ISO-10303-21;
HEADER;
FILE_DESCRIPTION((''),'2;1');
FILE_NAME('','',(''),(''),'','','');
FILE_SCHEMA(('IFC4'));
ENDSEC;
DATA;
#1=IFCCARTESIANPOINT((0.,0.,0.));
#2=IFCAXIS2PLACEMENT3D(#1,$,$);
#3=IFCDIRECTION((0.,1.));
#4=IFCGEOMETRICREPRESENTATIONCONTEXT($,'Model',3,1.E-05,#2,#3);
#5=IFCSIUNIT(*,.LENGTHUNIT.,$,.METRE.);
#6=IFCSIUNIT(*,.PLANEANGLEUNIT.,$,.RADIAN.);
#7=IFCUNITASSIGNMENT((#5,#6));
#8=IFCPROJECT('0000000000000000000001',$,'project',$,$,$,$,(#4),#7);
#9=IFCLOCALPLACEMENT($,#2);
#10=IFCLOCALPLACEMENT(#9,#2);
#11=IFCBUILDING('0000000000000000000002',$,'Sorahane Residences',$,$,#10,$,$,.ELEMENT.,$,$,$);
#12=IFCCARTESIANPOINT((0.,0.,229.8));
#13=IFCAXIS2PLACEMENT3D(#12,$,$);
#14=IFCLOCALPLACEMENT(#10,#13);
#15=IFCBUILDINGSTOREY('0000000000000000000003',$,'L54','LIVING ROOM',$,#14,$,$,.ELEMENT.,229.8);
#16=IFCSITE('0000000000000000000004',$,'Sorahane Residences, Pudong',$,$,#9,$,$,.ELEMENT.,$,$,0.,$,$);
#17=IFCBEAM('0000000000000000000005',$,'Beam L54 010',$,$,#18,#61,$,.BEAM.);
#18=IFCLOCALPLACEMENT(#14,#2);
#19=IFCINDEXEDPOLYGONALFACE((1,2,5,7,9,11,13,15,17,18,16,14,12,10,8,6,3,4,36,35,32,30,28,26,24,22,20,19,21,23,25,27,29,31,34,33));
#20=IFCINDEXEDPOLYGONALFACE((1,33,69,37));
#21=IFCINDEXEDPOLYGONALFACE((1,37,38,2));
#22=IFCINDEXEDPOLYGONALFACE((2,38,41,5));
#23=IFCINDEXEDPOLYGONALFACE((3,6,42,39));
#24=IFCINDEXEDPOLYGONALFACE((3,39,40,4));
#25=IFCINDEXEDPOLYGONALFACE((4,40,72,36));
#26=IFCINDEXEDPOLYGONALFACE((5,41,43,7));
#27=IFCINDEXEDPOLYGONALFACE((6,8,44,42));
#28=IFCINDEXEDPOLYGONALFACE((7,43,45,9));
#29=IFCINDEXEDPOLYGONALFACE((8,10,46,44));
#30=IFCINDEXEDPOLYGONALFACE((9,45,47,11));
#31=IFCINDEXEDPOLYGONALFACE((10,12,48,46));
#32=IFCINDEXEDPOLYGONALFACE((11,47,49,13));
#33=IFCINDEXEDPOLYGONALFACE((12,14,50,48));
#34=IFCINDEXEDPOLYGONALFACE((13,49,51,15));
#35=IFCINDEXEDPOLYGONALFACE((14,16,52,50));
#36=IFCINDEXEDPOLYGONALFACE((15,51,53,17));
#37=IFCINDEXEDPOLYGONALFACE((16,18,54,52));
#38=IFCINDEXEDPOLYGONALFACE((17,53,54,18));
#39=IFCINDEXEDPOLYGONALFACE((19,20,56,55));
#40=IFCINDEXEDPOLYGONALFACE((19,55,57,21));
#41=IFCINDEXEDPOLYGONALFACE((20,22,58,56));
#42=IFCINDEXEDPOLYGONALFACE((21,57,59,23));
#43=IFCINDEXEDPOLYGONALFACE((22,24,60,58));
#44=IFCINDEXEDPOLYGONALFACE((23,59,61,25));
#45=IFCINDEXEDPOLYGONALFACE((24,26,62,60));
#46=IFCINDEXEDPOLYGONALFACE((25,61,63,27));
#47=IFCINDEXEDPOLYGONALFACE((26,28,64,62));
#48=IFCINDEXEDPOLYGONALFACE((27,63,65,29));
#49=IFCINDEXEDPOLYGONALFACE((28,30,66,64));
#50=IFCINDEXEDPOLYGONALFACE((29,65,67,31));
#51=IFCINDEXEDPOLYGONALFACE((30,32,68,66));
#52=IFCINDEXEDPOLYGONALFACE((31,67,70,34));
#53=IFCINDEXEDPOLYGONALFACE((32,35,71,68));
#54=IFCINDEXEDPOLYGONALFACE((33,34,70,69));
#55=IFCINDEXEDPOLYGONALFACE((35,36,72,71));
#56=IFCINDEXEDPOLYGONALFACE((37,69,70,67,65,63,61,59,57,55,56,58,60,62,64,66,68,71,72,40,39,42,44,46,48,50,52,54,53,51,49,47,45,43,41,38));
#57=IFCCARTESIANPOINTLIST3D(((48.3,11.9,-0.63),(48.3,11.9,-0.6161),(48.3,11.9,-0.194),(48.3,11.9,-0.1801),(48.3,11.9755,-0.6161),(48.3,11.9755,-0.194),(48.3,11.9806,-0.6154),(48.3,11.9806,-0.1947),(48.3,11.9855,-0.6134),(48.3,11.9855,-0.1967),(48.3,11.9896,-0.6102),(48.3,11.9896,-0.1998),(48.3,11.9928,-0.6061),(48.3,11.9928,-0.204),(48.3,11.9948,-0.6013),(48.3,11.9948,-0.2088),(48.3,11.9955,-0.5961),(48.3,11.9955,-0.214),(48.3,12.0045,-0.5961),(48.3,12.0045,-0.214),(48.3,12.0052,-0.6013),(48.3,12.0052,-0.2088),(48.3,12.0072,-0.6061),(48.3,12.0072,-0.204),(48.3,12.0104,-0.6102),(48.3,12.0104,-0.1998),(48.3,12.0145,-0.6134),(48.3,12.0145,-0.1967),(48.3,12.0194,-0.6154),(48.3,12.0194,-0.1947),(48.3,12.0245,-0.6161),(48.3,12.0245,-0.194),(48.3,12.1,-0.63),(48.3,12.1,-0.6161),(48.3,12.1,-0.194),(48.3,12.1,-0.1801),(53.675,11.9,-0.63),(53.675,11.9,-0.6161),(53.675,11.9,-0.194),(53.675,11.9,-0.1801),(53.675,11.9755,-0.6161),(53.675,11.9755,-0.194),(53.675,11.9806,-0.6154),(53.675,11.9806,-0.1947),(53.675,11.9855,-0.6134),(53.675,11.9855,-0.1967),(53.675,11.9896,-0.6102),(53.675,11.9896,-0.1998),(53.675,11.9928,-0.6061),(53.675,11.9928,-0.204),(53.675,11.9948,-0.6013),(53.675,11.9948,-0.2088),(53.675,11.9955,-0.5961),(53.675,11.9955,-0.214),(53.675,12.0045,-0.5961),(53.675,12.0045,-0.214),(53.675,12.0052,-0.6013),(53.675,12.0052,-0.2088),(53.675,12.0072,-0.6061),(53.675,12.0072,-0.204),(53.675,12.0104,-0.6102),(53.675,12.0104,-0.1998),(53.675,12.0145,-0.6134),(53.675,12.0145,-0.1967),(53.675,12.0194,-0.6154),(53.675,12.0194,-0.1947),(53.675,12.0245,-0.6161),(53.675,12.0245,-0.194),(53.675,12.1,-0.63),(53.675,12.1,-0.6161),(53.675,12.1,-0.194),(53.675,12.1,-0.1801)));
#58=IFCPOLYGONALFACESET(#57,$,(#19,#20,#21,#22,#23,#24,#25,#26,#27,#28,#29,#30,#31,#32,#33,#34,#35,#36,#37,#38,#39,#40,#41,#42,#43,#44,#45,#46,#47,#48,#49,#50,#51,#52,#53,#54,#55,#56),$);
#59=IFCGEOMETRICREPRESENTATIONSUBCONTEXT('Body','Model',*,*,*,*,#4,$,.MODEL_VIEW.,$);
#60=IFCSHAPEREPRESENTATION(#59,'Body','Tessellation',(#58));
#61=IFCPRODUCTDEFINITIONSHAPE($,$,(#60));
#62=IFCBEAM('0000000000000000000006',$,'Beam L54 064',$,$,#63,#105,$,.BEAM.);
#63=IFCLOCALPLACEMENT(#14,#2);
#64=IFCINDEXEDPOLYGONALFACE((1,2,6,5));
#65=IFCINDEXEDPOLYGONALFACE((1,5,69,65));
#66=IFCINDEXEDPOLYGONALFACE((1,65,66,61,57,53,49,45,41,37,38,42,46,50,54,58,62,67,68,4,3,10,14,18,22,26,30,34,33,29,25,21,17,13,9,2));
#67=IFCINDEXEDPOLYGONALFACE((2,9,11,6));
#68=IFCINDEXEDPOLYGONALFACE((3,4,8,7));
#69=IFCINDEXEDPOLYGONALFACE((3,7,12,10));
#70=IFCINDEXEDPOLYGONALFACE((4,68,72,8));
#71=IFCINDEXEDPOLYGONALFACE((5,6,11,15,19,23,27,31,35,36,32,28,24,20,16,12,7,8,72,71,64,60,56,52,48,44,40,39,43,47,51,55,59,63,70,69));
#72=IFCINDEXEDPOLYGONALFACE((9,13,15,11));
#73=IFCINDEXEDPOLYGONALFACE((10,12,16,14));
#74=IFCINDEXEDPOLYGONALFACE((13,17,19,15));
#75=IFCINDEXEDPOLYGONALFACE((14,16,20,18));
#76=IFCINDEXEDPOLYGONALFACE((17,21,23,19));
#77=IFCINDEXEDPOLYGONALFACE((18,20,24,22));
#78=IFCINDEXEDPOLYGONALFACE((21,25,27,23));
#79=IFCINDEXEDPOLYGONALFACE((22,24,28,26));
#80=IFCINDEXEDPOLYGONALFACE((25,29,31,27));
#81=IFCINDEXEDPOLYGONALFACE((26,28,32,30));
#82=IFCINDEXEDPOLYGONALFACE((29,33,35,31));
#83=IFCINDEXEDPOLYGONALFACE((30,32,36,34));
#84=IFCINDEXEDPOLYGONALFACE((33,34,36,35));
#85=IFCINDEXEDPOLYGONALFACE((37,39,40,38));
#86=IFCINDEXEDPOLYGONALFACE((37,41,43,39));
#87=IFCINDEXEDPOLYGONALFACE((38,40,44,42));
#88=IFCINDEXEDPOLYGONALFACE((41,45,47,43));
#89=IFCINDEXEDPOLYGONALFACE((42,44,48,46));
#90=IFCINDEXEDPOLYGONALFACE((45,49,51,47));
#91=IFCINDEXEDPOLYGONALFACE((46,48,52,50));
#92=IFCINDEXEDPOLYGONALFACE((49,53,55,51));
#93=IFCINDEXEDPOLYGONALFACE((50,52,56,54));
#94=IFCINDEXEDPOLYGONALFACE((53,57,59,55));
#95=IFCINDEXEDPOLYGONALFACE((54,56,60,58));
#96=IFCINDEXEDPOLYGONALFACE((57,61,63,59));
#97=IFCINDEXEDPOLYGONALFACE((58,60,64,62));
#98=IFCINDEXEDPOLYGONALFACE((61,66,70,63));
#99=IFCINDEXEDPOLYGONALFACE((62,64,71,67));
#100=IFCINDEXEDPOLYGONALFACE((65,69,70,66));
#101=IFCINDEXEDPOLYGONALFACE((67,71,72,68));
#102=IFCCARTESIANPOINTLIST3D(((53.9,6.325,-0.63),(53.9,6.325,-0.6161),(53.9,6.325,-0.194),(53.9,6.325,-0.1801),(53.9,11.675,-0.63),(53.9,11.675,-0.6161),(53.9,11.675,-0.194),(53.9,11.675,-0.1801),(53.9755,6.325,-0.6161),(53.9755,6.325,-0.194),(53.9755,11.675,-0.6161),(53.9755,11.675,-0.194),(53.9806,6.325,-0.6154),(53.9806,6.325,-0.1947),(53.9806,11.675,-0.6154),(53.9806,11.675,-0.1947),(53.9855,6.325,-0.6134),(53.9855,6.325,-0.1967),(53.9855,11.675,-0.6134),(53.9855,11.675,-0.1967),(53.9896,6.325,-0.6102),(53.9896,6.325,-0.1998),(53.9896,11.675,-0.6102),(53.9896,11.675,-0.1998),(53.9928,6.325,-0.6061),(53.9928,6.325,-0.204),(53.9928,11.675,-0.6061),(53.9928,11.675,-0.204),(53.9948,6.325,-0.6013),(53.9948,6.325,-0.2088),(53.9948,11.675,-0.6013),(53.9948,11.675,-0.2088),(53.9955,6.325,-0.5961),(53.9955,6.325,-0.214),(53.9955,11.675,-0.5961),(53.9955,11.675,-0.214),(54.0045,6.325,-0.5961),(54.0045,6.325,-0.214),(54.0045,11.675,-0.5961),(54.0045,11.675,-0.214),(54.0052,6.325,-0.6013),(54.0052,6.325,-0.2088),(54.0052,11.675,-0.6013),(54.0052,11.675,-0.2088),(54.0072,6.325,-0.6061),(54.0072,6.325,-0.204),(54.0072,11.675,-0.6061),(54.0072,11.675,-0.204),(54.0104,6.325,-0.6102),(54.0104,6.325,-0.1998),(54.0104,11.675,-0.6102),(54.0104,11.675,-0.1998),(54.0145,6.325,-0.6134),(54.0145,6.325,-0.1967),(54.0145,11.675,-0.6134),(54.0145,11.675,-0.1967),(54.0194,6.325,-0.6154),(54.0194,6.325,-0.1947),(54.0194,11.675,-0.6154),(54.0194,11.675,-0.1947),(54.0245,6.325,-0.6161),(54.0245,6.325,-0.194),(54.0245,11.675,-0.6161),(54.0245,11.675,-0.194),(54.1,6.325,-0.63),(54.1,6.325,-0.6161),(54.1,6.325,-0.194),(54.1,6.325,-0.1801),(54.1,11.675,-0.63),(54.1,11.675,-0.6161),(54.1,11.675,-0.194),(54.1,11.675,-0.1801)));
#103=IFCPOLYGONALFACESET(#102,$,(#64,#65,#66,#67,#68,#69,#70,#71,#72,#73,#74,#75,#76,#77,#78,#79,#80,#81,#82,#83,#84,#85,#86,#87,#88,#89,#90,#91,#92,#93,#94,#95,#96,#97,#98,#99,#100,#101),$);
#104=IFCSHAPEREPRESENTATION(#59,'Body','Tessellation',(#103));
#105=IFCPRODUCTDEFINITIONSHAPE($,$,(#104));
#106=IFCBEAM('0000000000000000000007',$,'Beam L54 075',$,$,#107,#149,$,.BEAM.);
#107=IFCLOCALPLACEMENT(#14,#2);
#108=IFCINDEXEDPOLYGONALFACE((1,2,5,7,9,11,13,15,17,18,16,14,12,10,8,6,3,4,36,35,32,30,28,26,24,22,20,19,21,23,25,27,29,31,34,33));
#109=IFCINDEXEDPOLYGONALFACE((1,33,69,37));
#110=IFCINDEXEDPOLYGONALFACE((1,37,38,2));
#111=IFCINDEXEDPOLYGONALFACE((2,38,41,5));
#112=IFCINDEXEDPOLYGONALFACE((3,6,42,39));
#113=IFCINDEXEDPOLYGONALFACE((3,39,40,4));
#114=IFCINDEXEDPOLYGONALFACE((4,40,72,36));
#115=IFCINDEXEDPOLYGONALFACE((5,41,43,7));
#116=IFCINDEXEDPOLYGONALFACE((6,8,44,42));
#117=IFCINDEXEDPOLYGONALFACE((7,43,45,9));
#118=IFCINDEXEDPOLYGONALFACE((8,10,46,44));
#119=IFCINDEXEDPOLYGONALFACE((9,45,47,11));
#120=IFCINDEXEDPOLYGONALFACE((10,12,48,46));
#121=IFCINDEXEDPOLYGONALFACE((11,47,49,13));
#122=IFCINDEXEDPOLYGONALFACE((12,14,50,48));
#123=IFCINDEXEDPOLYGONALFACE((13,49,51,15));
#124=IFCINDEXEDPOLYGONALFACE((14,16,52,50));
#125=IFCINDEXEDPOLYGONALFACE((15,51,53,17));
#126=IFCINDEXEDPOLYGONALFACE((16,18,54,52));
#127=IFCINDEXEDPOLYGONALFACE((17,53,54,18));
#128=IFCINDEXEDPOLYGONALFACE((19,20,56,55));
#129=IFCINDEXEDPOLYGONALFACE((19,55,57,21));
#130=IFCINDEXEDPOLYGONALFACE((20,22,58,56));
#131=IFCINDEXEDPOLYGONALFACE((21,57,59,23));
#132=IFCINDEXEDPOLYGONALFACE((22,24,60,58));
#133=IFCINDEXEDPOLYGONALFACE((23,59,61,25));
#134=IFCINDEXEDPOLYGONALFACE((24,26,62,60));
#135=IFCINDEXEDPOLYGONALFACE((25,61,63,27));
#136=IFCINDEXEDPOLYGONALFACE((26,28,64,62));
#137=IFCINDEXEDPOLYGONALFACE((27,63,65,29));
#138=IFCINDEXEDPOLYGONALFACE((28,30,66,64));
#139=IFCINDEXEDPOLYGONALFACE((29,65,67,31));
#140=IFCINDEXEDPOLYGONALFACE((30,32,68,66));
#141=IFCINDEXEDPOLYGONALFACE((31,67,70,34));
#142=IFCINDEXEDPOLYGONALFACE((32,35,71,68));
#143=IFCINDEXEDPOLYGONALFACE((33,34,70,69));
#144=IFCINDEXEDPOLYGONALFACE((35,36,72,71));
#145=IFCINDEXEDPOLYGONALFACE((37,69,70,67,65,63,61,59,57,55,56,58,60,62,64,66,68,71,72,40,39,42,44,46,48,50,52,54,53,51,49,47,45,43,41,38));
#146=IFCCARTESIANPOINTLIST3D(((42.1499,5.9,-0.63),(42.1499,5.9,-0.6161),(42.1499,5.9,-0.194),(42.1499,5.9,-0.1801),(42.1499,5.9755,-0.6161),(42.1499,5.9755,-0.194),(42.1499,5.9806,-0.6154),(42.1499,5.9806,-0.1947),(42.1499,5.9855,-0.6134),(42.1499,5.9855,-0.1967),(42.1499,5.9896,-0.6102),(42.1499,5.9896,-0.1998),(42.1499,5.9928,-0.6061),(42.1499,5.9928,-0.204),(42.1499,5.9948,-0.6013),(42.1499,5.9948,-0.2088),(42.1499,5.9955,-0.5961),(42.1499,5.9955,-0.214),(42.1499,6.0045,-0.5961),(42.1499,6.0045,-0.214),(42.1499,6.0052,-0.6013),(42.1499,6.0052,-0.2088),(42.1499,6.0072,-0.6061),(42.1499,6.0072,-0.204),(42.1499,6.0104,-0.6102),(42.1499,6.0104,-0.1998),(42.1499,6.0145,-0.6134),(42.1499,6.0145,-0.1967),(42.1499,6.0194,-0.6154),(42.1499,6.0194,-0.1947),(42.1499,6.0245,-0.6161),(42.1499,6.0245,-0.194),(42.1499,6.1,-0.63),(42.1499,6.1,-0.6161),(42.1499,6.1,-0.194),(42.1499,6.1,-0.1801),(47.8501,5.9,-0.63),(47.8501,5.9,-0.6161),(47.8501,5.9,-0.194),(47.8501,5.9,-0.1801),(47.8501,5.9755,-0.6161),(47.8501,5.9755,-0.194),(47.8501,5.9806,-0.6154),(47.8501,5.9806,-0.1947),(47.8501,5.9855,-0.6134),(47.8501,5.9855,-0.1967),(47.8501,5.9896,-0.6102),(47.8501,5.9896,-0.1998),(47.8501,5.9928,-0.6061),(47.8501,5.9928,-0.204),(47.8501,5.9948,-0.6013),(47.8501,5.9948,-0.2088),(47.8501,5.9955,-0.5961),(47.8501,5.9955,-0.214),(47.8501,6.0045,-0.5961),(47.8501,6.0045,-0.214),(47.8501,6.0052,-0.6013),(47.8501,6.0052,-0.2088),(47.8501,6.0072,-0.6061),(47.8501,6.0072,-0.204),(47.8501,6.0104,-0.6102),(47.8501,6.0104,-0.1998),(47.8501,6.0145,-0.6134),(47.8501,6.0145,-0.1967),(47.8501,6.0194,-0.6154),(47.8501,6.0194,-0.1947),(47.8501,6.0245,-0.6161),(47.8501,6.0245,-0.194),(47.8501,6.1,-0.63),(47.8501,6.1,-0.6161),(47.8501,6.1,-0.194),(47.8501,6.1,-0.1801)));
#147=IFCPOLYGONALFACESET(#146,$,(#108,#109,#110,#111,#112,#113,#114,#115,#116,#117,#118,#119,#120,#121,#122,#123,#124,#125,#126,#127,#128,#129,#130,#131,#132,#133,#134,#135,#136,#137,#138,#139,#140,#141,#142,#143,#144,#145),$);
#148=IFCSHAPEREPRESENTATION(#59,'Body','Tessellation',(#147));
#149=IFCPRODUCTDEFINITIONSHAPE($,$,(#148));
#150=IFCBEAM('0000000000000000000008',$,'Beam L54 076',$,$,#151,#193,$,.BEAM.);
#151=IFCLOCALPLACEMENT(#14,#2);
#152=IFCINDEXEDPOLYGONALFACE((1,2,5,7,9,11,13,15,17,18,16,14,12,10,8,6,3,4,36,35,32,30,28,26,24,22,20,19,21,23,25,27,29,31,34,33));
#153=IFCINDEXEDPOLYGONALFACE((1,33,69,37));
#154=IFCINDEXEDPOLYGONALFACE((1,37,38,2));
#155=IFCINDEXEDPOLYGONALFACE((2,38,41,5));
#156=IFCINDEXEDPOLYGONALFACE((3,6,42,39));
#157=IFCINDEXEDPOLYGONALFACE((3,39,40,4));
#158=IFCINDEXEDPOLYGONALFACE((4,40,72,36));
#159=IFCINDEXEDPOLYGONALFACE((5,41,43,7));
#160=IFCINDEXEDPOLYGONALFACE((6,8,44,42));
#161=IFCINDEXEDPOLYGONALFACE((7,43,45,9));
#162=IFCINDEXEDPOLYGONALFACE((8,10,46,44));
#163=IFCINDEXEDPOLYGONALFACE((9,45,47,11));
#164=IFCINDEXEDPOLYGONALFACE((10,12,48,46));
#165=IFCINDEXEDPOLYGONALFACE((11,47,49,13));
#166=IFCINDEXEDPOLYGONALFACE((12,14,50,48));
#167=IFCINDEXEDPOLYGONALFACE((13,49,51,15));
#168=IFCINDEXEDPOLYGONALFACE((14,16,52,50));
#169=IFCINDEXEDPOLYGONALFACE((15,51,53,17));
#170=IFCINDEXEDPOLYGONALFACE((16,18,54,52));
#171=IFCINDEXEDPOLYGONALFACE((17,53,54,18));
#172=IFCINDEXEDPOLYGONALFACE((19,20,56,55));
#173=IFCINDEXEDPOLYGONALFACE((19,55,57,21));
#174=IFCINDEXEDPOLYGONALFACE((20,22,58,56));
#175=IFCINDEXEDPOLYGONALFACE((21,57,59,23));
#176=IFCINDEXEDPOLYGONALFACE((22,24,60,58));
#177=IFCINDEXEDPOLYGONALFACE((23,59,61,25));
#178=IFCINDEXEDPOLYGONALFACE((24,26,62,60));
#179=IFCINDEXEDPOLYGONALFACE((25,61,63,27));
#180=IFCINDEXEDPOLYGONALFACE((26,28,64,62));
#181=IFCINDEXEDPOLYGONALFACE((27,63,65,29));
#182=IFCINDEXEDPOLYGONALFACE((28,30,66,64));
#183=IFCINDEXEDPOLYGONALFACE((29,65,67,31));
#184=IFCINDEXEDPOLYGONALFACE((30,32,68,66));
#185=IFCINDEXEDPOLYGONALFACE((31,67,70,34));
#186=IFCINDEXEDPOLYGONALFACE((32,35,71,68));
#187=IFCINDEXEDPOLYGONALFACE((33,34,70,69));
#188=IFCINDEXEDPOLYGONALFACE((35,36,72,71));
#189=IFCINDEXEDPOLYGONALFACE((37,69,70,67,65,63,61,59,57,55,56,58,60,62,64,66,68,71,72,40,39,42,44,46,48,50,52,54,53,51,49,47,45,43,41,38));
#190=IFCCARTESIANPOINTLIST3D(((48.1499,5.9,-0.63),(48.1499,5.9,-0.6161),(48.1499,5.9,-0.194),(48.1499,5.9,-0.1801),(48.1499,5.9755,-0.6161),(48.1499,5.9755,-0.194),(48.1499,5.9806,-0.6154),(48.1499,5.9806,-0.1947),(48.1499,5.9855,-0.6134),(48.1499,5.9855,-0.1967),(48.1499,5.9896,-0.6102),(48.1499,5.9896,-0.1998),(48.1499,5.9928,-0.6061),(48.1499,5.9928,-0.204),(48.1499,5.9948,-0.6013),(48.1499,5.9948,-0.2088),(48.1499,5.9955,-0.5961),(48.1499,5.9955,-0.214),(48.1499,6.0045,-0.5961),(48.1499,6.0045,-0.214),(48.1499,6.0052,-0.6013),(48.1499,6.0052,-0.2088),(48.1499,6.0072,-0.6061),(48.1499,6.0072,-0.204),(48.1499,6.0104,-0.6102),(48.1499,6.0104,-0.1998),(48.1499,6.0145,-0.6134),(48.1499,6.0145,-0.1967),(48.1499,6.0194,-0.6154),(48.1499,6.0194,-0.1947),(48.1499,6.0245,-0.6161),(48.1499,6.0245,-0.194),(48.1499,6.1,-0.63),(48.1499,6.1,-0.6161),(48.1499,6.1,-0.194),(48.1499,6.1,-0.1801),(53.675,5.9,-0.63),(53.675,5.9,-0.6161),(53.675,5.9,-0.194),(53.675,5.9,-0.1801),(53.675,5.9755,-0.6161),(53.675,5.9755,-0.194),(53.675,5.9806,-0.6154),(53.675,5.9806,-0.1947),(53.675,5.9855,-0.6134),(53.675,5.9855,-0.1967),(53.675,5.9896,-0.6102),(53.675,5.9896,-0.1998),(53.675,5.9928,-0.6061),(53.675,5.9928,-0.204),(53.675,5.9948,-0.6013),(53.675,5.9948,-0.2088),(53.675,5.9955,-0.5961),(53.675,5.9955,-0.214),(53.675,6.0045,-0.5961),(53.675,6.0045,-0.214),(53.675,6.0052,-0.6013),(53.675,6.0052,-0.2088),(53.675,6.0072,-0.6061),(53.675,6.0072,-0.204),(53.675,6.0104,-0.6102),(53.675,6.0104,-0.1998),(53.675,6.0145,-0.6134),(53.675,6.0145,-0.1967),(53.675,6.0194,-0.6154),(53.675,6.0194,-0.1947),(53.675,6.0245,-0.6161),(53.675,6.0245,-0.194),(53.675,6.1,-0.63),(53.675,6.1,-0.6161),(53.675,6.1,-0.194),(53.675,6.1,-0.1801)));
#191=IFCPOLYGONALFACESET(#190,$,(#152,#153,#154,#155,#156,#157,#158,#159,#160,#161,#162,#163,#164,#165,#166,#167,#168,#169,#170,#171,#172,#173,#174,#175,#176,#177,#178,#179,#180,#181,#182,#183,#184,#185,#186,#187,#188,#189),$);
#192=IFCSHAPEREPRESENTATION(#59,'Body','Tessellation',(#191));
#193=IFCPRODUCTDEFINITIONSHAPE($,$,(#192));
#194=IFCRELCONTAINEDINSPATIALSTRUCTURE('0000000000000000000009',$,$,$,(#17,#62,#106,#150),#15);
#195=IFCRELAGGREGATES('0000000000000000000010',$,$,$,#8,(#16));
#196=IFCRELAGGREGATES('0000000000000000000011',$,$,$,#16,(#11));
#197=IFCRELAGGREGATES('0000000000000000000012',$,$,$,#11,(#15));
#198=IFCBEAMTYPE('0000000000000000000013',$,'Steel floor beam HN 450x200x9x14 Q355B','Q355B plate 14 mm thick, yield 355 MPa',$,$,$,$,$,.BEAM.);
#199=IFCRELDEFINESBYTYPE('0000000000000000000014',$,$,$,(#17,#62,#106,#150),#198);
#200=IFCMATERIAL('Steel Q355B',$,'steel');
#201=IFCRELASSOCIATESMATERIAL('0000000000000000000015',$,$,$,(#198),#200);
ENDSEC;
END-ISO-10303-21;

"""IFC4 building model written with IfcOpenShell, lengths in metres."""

from ifc_helpers import new_model, si_unit, direction, frame, origin, origin_2d, place, context, subcontext, project, spatial, i_section, extrude, material, material_profile, profile_set, type_object, element, save


model = new_model("IFC4")

# Units and contexts
model_context = context("Model", 3, precision=1e-05, world=origin(), true_north=direction((0.0, 1.0)))
body_context = subcontext(model_context, "Body", "Model", "MODEL_VIEW")
ifc_project = project(units=[si_unit("LENGTHUNIT", "METRE"), si_unit("PLANEANGLEUNIT", "RADIAN")], contexts=[model_context])

# Site, building, storey
site_placement = place(None, origin())
site = spatial("IfcSite", under=ifc_project, at=site_placement, Name="Sorahane Residences, Pudong", CompositionType="ELEMENT", RefElevation=0.0)
building_placement = place(site_placement, origin())
building = spatial("IfcBuilding", under=site, at=building_placement, Name="Sorahane Residences", CompositionType="ELEMENT")
storey_placement = place(building_placement, frame((0.0, 0.0, 229.8)))
storey = spatial("IfcBuildingStorey", under=building, at=storey_placement, Name="L54", Description="LIVING ROOM", CompositionType="ELEMENT", Elevation=229.8)

# Beams
ifc_material_1 = material(Name="Steel Q355B", Category="steel")
ifc_material_profile_1 = material_profile(ifc_material_1, i_section(OverallWidth=0.2, OverallDepth=0.45, WebThickness=0.009, FlangeThickness=0.0139, FilletRadius=0.02, at=origin_2d()), Name="HN 450x200x9x14")
ifc_profile_set_1 = profile_set([ifc_material_profile_1], Name="Steel Q355B")
beam_type_1 = type_object("IfcBeamType", Name="Steel floor beam HN 450x200x9x14 Q355B", Description="Q355B plate 14 mm thick, yield 355 MPa", PredefinedType="BEAM", material=ifc_profile_set_1)
beam_1_placement = place(storey_placement, frame((48.3, 12.0, -0.405), z_axis=(1.0, 0.0, 0.0), x_axis=(0.0, 1.0, 0.0)))
element("IfcBeam", 1, at=beam_1_placement, inside=storey, type_object=beam_type_1, Name="Beam L54 010", PredefinedType="BEAM", context=body_context, shape_type="SweptSolid", body=[
    extrude(i_section(OverallWidth=0.2, OverallDepth=0.45, WebThickness=0.009, FlangeThickness=0.0139, FilletRadius=0.02, at=origin_2d()), origin(), (0.0, 0.0, 1.0), 5.375),
])
beam_2_placement = place(storey_placement, frame((54.0, 6.325, -0.405), z_axis=(0.0, 1.0, 0.0), x_axis=(-1.0, 0.0, 0.0)))
element("IfcBeam", 2, at=beam_2_placement, inside=storey, type_object=beam_type_1, Name="Beam L54 064", PredefinedType="BEAM", context=body_context, shape_type="SweptSolid", body=[
    extrude(i_section(OverallWidth=0.2, OverallDepth=0.45, WebThickness=0.009, FlangeThickness=0.0139, FilletRadius=0.02, at=origin_2d()), origin(), (0.0, 0.0, 1.0), 5.3501),
])
beam_3_placement = place(storey_placement, frame((42.1499, 6.0, -0.405), z_axis=(1.0, 0.0, 0.0), x_axis=(0.0, 1.0, 0.0)))
element("IfcBeam", 3, at=beam_3_placement, inside=storey, type_object=beam_type_1, Name="Beam L54 075", PredefinedType="BEAM", context=body_context, shape_type="SweptSolid", body=[
    extrude(i_section(OverallWidth=0.2, OverallDepth=0.45, WebThickness=0.009, FlangeThickness=0.0139, FilletRadius=0.02, at=origin_2d()), origin(), (0.0, 0.0, 1.0), 5.7002),
])
beam_4_placement = place(storey_placement, frame((48.1499, 6.0, -0.405), z_axis=(1.0, 0.0, 0.0), x_axis=(0.0, 1.0, 0.0)))
element("IfcBeam", 4, at=beam_4_placement, inside=storey, type_object=beam_type_1, Name="Beam L54 076", PredefinedType="BEAM", context=body_context, shape_type="SweptSolid", body=[
    extrude(i_section(OverallWidth=0.2, OverallDepth=0.45, WebThickness=0.009, FlangeThickness=0.0139, FilletRadius=0.02, at=origin_2d()), origin(), (0.0, 0.0, 1.0), 5.5251),
])

save(model, "model.ifc")
